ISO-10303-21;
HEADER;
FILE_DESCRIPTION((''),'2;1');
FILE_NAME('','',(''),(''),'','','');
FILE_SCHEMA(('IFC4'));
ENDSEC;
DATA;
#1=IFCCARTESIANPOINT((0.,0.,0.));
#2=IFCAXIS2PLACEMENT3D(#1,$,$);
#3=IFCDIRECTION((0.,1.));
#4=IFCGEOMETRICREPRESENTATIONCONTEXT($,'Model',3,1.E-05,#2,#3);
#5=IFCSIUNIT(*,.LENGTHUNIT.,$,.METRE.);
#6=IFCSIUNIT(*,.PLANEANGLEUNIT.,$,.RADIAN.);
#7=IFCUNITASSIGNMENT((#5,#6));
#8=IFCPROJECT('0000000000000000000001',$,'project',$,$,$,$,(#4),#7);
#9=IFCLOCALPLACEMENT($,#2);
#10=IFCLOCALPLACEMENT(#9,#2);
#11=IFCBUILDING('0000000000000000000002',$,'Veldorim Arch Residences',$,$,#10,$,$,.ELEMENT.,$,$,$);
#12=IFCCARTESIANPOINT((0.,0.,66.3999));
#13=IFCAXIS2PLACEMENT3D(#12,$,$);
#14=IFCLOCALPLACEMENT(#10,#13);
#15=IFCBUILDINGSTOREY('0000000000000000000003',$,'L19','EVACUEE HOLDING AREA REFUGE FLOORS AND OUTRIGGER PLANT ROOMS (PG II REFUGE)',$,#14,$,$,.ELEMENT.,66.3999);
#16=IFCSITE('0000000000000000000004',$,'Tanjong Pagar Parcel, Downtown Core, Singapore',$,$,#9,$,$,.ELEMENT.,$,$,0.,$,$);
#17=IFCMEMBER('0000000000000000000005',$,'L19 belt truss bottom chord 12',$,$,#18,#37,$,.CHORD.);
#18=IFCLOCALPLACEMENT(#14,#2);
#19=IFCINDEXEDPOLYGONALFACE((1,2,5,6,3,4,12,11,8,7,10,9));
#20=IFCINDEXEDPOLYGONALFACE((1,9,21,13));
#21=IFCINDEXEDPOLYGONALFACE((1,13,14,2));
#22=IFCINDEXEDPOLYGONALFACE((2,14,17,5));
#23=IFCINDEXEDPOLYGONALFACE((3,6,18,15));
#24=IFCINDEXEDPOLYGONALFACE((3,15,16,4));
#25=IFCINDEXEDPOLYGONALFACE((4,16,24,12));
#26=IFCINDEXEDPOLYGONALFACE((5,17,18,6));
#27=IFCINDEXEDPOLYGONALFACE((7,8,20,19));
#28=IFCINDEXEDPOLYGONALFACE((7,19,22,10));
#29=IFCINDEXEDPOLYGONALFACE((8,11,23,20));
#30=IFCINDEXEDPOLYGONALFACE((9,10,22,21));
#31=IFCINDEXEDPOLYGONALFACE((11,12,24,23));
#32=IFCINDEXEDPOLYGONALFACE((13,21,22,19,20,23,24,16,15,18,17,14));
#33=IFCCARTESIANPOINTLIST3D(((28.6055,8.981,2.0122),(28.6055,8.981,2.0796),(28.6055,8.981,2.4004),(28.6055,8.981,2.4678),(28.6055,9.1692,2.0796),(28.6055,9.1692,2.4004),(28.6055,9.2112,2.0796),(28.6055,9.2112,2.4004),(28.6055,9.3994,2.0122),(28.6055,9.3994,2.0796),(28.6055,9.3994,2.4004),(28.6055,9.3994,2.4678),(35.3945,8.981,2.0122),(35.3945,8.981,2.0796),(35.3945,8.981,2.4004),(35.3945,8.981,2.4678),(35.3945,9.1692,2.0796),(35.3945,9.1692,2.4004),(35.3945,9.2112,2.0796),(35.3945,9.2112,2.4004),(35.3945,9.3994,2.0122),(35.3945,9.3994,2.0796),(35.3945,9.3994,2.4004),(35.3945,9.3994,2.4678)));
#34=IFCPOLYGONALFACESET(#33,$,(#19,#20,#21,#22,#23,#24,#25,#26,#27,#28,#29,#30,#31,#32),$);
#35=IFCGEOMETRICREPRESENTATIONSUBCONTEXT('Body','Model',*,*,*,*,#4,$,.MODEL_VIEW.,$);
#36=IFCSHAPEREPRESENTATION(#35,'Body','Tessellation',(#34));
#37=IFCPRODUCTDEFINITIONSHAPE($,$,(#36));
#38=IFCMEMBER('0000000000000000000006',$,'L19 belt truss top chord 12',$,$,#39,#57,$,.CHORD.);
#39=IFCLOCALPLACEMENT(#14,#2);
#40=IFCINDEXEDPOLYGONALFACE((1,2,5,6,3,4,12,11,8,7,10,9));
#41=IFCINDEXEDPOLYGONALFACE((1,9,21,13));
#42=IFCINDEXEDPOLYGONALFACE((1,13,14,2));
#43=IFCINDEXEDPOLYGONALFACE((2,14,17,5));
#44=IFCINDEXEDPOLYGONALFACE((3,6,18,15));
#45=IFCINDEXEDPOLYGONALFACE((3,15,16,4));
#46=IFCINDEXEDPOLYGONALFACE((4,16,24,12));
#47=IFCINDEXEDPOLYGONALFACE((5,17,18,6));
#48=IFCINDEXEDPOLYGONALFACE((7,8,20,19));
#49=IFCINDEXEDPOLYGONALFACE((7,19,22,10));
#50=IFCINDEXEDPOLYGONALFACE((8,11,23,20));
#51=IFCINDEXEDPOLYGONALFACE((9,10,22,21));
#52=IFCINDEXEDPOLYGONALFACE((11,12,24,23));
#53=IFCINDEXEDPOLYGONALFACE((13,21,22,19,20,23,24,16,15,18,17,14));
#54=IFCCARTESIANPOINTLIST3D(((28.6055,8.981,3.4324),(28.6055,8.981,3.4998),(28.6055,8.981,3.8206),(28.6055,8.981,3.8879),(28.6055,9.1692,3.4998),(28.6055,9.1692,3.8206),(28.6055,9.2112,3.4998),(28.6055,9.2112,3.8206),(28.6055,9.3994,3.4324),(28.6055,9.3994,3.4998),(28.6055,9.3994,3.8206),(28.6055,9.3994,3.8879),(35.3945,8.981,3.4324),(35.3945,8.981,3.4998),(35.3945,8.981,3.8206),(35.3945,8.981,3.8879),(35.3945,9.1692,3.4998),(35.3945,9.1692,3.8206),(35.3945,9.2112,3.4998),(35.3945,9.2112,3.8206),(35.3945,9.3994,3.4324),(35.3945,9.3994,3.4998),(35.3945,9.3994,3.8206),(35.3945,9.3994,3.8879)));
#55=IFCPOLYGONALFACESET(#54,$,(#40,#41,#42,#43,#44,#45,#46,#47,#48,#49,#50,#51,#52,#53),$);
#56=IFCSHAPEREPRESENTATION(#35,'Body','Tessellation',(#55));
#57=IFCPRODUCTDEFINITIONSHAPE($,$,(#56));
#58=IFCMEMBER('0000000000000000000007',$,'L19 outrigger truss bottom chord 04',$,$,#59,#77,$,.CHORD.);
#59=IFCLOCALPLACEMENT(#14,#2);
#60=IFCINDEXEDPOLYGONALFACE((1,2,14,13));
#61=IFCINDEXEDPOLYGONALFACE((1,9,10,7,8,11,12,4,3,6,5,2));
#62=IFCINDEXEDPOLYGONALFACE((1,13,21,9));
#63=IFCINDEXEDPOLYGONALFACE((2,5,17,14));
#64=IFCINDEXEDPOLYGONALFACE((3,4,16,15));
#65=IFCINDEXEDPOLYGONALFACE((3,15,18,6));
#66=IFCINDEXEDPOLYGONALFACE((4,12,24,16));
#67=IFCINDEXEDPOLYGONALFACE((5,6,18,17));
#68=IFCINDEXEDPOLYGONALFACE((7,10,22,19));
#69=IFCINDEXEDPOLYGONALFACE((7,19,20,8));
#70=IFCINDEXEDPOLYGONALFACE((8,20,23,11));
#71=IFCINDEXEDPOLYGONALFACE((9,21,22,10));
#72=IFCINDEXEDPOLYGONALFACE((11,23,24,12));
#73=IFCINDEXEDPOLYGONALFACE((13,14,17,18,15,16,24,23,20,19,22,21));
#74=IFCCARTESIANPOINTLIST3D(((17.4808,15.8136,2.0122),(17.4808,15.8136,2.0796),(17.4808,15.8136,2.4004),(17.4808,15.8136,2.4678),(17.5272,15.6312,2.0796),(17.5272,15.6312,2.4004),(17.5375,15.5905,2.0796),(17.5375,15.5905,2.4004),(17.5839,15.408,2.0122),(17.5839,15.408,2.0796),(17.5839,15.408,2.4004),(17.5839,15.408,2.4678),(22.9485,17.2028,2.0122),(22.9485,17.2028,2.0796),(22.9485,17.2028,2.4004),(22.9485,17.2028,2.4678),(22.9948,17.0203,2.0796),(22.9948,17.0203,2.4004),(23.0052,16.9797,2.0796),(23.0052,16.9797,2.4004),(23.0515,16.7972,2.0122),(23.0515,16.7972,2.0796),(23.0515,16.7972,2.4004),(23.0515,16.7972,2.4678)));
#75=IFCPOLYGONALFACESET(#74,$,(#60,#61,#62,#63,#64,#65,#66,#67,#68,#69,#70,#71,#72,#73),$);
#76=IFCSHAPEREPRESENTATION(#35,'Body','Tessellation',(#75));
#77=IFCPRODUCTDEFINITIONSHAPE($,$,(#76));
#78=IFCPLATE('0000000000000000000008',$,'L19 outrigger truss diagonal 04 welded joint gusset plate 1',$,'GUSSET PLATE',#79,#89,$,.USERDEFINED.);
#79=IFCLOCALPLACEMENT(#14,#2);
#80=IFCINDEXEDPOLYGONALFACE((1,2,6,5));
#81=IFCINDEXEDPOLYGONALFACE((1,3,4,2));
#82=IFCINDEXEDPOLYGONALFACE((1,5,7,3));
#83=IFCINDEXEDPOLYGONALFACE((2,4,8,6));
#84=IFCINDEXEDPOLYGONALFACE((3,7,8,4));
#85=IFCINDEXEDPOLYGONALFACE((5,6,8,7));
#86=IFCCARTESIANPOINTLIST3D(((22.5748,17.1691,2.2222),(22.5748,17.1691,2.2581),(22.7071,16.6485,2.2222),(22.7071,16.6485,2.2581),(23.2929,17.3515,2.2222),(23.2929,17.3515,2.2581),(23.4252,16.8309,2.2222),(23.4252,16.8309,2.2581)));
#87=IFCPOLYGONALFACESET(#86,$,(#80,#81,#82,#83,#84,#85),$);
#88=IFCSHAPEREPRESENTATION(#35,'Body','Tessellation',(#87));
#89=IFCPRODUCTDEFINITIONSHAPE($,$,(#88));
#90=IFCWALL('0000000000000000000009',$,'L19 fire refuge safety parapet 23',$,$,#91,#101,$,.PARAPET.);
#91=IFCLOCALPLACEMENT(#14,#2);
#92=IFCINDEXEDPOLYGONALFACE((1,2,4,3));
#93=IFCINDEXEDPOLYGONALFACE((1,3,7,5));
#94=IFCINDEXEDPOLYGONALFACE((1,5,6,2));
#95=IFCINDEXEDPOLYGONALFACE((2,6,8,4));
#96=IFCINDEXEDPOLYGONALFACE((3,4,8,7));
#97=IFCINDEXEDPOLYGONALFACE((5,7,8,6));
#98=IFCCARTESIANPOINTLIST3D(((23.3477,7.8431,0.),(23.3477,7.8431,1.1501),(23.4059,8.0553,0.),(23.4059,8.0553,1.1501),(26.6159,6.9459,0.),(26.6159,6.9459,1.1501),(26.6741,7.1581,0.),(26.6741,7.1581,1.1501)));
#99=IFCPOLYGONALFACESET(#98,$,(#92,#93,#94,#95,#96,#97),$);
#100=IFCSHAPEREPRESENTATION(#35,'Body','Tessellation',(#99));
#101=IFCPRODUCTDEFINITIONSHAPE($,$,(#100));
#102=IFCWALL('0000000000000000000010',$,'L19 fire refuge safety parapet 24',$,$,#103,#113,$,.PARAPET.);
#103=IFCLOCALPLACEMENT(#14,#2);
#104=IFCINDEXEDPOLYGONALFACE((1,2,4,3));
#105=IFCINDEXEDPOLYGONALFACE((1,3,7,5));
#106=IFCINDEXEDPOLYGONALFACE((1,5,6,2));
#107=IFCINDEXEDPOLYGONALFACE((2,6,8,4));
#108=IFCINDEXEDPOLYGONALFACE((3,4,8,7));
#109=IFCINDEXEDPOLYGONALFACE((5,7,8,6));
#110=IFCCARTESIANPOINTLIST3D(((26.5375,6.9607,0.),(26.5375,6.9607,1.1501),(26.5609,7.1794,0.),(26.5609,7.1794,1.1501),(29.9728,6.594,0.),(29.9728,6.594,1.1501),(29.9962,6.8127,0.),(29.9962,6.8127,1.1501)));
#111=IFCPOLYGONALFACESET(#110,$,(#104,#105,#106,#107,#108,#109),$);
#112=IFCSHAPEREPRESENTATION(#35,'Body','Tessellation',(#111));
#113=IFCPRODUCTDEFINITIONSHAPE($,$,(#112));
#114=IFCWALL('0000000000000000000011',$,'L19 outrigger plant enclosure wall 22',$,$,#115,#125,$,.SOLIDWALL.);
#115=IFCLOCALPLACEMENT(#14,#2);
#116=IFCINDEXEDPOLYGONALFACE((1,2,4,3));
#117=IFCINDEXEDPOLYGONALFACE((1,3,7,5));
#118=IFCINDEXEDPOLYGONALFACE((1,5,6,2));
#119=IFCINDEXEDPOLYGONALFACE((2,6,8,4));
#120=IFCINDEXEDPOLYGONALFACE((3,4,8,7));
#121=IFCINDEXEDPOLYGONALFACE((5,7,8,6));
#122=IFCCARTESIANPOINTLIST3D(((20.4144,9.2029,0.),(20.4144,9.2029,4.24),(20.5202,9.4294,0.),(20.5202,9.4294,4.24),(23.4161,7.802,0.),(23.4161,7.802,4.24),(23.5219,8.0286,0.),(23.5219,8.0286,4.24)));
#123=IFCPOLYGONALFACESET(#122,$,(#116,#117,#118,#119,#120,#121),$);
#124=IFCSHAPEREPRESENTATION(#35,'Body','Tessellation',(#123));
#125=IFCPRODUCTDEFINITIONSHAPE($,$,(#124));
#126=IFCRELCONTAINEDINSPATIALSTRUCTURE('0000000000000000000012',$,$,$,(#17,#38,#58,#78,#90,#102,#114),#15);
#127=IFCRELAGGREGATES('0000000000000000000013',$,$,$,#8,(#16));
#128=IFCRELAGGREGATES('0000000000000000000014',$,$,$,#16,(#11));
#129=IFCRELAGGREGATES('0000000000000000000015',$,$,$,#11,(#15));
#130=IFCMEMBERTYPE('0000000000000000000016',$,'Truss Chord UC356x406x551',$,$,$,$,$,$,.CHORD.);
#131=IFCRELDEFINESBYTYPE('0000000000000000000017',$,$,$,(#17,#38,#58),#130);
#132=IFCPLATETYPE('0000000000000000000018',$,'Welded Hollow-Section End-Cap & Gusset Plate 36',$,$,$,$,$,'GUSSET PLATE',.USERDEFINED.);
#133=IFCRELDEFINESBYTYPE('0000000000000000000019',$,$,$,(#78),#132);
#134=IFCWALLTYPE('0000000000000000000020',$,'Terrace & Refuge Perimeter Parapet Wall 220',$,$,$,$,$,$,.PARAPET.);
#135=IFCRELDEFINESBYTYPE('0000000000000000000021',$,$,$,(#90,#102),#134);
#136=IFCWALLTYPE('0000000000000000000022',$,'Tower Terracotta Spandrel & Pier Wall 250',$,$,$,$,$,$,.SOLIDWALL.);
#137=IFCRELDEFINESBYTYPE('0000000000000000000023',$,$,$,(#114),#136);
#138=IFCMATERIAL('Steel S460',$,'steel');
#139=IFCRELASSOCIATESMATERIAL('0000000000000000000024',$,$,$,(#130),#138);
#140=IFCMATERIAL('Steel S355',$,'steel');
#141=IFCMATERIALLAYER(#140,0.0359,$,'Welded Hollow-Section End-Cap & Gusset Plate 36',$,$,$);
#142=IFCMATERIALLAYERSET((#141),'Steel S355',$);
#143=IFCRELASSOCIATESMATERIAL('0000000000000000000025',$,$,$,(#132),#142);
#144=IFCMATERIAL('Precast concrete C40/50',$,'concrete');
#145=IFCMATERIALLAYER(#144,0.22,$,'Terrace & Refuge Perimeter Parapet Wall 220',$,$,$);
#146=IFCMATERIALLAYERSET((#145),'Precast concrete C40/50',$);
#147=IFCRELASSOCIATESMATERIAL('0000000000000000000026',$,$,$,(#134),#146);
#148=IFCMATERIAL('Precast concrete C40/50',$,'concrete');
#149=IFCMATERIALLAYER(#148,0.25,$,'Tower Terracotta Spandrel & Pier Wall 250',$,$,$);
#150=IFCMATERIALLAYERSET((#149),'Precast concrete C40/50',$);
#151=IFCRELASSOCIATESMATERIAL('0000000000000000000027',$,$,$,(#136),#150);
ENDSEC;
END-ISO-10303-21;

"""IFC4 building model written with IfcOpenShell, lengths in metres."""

from ifc_helpers import new_model, si_unit, direction, frame, frame_2d, origin, origin_2d, place, context, subcontext, project, spatial, rectangle, i_section, extrude, material, layer, layer_set, material_profile, profile_set, type_object, element, save


model = new_model("IFC4")

# Units and contexts
model_context = context("Model", 3, precision=1e-05, world=origin(), true_north=direction((0.0, 1.0)))
body_context = subcontext(model_context, "Body", "Model", "MODEL_VIEW")
ifc_project = project(units=[si_unit("LENGTHUNIT", "METRE"), si_unit("PLANEANGLEUNIT", "RADIAN")], contexts=[model_context])

# Site, building, storey
site_placement = place(None, origin())
site = spatial("IfcSite", under=ifc_project, at=site_placement, Name="Tanjong Pagar Parcel, Downtown Core, Singapore", CompositionType="ELEMENT", RefElevation=0.0)
building_placement = place(site_placement, origin())
building = spatial("IfcBuilding", under=site, at=building_placement, Name="Veldorim Arch Residences", CompositionType="ELEMENT")
storey_placement = place(building_placement, frame((0.0, 0.0, 66.3999)))
storey = spatial("IfcBuildingStorey", under=building, at=storey_placement, Name="L19", Description="EVACUEE HOLDING AREA REFUGE FLOORS AND OUTRIGGER PLANT ROOMS (PG II REFUGE)", CompositionType="ELEMENT", Elevation=66.3999)

# Members
ifc_material_1 = material(Name="Steel S460", Category="steel")
ifc_material_profile_1 = material_profile(ifc_material_1, i_section(OverallWidth=0.4185, OverallDepth=0.4556, WebThickness=0.042, FlangeThickness=0.0674, at=origin_2d()), Name="UC356x406x551")
ifc_profile_set_1 = profile_set([ifc_material_profile_1], Name="Steel S460")
member_type_1 = type_object("IfcMemberType", Name="Truss Chord UC356x406x551", PredefinedType="CHORD", material=ifc_profile_set_1)
for number, where, z_axis, x_axis, name in (
    (1, (28.6055, 9.1902, 2.24), (1.0, 0.0, 0.0), (0.0, 1.0, 0.0), "L19 belt truss bottom chord 12"),
    (2, (28.6055, 9.1902, 3.6602), (1.0, 0.0, 0.0), (0.0, 1.0, 0.0), "L19 belt truss top chord 12"),
):
    element("IfcMember", number, at=place(storey_placement, frame(where, z_axis=z_axis, x_axis=x_axis)), inside=storey, type_object=member_type_1, Name=name, PredefinedType="CHORD", context=body_context, shape_type="SweptSolid", body=[
        extrude(i_section(OverallWidth=0.4185, OverallDepth=0.4556, WebThickness=0.042, FlangeThickness=0.0674, at=origin_2d()), origin(), (0.0, 0.0, 1.0), 6.7891),
    ])
member_1_placement = place(storey_placement, frame((23.0, 17.0, 2.24), z_axis=(-0.969206, -0.246251, 0.0), x_axis=(0.246251, -0.969206, 0.0)))
element("IfcMember", 3, at=member_1_placement, inside=storey, type_object=member_type_1, Name="L19 outrigger truss bottom chord 04", PredefinedType="CHORD", context=body_context, shape_type="SweptSolid", body=[
    extrude(i_section(OverallWidth=0.4185, OverallDepth=0.4556, WebThickness=0.042, FlangeThickness=0.0674, at=origin_2d()), origin(), (0.0, 0.0, 1.0), 5.6414),
])

# Plate
ifc_material_2 = material(Name="Steel S355", Category="steel")
ifc_layer_1 = layer(ifc_material_2, 0.0359, Name="Welded Hollow-Section End-Cap & Gusset Plate 36")
ifc_layer_set_1 = layer_set([ifc_layer_1], Name="Steel S355")
plate_type = type_object("IfcPlateType", Name="Welded Hollow-Section End-Cap & Gusset Plate 36", ElementType="GUSSET PLATE", PredefinedType="USERDEFINED", material=ifc_layer_set_1)
plate_placement = place(storey_placement, frame((23.0, 17.0, 2.2222), z_axis=(0.0, 0.0, 1.0), x_axis=(-0.969209, -0.246238, 0.0)))
element("IfcPlate", 4, at=plate_placement, inside=storey, type_object=plate_type, Name="L19 outrigger truss diagonal 04 welded joint gusset plate 1", ObjectType="GUSSET PLATE", PredefinedType="USERDEFINED", context=body_context, shape_type="SweptSolid", body=[
    extrude(rectangle(XDim=0.741, YDim=0.5371, at=origin_2d()), origin(), (0.0, 0.0, 1.0), 0.0359),
])

# Walls
ifc_material_3 = material(Name="Precast concrete C40/50", Category="concrete")
ifc_layer_2 = layer(ifc_material_3, 0.22, Name="Terrace & Refuge Perimeter Parapet Wall 220")
ifc_layer_set_2 = layer_set([ifc_layer_2], Name="Precast concrete C40/50")
wall_type_1 = type_object("IfcWallType", Name="Terrace & Refuge Perimeter Parapet Wall 220", PredefinedType="PARAPET", material=ifc_layer_set_2)
wall_1_placement = place(storey_placement, frame((26.645, 7.052, 0.0), z_axis=(0.0, 0.0, 1.0), x_axis=(-0.964324, 0.264726, 0.0)))
element("IfcWall", 5, at=wall_1_placement, inside=storey, type_object=wall_type_1, Name="L19 fire refuge safety parapet 23", PredefinedType="PARAPET", context=body_context, shape_type="SweptSolid", body=[
    extrude(rectangle(XDim=3.3892, YDim=0.22, at=frame_2d((1.6946, 0.0))), origin(), (0.0, 0.0, 1.0), 1.1501),
])
wall_2_placement = place(storey_placement, frame((29.9846, 6.7034, 0.0), z_axis=(0.0, 0.0, 1.0), x_axis=(-0.994351, 0.106141, 0.0)))
element("IfcWall", 6, at=wall_2_placement, inside=storey, type_object=wall_type_1, Name="L19 fire refuge safety parapet 24", PredefinedType="PARAPET", context=body_context, shape_type="SweptSolid", body=[
    extrude(rectangle(XDim=3.4548, YDim=0.22, at=frame_2d((1.7275, 0.0))), origin(), (0.0, 0.0, 1.0), 1.1501),
])
ifc_material_4 = material(Name="Precast concrete C40/50", Category="concrete")
ifc_layer_3 = layer(ifc_material_4, 0.25, Name="Tower Terracotta Spandrel & Pier Wall 250")
ifc_layer_set_3 = layer_set([ifc_layer_3], Name="Precast concrete C40/50")
wall_type_2 = type_object("IfcWallType", Name="Tower Terracotta Spandrel & Pier Wall 250", PredefinedType="SOLIDWALL", material=ifc_layer_set_3)
wall_3_placement = place(storey_placement, frame((23.469, 7.9153, 0.0), z_axis=(0.0, 0.0, 1.0), x_axis=(-0.906174, 0.422906, 0.0)))
element("IfcWall", 7, at=wall_3_placement, inside=storey, type_object=wall_type_2, Name="L19 outrigger plant enclosure wall 22", PredefinedType="SOLIDWALL", context=body_context, shape_type="SweptSolid", body=[
    extrude(rectangle(XDim=3.3125, YDim=0.25, at=frame_2d((1.6562, 0.0))), origin(), (0.0, 0.0, 1.0), 4.24),
])

save(model, "model.ifc")
